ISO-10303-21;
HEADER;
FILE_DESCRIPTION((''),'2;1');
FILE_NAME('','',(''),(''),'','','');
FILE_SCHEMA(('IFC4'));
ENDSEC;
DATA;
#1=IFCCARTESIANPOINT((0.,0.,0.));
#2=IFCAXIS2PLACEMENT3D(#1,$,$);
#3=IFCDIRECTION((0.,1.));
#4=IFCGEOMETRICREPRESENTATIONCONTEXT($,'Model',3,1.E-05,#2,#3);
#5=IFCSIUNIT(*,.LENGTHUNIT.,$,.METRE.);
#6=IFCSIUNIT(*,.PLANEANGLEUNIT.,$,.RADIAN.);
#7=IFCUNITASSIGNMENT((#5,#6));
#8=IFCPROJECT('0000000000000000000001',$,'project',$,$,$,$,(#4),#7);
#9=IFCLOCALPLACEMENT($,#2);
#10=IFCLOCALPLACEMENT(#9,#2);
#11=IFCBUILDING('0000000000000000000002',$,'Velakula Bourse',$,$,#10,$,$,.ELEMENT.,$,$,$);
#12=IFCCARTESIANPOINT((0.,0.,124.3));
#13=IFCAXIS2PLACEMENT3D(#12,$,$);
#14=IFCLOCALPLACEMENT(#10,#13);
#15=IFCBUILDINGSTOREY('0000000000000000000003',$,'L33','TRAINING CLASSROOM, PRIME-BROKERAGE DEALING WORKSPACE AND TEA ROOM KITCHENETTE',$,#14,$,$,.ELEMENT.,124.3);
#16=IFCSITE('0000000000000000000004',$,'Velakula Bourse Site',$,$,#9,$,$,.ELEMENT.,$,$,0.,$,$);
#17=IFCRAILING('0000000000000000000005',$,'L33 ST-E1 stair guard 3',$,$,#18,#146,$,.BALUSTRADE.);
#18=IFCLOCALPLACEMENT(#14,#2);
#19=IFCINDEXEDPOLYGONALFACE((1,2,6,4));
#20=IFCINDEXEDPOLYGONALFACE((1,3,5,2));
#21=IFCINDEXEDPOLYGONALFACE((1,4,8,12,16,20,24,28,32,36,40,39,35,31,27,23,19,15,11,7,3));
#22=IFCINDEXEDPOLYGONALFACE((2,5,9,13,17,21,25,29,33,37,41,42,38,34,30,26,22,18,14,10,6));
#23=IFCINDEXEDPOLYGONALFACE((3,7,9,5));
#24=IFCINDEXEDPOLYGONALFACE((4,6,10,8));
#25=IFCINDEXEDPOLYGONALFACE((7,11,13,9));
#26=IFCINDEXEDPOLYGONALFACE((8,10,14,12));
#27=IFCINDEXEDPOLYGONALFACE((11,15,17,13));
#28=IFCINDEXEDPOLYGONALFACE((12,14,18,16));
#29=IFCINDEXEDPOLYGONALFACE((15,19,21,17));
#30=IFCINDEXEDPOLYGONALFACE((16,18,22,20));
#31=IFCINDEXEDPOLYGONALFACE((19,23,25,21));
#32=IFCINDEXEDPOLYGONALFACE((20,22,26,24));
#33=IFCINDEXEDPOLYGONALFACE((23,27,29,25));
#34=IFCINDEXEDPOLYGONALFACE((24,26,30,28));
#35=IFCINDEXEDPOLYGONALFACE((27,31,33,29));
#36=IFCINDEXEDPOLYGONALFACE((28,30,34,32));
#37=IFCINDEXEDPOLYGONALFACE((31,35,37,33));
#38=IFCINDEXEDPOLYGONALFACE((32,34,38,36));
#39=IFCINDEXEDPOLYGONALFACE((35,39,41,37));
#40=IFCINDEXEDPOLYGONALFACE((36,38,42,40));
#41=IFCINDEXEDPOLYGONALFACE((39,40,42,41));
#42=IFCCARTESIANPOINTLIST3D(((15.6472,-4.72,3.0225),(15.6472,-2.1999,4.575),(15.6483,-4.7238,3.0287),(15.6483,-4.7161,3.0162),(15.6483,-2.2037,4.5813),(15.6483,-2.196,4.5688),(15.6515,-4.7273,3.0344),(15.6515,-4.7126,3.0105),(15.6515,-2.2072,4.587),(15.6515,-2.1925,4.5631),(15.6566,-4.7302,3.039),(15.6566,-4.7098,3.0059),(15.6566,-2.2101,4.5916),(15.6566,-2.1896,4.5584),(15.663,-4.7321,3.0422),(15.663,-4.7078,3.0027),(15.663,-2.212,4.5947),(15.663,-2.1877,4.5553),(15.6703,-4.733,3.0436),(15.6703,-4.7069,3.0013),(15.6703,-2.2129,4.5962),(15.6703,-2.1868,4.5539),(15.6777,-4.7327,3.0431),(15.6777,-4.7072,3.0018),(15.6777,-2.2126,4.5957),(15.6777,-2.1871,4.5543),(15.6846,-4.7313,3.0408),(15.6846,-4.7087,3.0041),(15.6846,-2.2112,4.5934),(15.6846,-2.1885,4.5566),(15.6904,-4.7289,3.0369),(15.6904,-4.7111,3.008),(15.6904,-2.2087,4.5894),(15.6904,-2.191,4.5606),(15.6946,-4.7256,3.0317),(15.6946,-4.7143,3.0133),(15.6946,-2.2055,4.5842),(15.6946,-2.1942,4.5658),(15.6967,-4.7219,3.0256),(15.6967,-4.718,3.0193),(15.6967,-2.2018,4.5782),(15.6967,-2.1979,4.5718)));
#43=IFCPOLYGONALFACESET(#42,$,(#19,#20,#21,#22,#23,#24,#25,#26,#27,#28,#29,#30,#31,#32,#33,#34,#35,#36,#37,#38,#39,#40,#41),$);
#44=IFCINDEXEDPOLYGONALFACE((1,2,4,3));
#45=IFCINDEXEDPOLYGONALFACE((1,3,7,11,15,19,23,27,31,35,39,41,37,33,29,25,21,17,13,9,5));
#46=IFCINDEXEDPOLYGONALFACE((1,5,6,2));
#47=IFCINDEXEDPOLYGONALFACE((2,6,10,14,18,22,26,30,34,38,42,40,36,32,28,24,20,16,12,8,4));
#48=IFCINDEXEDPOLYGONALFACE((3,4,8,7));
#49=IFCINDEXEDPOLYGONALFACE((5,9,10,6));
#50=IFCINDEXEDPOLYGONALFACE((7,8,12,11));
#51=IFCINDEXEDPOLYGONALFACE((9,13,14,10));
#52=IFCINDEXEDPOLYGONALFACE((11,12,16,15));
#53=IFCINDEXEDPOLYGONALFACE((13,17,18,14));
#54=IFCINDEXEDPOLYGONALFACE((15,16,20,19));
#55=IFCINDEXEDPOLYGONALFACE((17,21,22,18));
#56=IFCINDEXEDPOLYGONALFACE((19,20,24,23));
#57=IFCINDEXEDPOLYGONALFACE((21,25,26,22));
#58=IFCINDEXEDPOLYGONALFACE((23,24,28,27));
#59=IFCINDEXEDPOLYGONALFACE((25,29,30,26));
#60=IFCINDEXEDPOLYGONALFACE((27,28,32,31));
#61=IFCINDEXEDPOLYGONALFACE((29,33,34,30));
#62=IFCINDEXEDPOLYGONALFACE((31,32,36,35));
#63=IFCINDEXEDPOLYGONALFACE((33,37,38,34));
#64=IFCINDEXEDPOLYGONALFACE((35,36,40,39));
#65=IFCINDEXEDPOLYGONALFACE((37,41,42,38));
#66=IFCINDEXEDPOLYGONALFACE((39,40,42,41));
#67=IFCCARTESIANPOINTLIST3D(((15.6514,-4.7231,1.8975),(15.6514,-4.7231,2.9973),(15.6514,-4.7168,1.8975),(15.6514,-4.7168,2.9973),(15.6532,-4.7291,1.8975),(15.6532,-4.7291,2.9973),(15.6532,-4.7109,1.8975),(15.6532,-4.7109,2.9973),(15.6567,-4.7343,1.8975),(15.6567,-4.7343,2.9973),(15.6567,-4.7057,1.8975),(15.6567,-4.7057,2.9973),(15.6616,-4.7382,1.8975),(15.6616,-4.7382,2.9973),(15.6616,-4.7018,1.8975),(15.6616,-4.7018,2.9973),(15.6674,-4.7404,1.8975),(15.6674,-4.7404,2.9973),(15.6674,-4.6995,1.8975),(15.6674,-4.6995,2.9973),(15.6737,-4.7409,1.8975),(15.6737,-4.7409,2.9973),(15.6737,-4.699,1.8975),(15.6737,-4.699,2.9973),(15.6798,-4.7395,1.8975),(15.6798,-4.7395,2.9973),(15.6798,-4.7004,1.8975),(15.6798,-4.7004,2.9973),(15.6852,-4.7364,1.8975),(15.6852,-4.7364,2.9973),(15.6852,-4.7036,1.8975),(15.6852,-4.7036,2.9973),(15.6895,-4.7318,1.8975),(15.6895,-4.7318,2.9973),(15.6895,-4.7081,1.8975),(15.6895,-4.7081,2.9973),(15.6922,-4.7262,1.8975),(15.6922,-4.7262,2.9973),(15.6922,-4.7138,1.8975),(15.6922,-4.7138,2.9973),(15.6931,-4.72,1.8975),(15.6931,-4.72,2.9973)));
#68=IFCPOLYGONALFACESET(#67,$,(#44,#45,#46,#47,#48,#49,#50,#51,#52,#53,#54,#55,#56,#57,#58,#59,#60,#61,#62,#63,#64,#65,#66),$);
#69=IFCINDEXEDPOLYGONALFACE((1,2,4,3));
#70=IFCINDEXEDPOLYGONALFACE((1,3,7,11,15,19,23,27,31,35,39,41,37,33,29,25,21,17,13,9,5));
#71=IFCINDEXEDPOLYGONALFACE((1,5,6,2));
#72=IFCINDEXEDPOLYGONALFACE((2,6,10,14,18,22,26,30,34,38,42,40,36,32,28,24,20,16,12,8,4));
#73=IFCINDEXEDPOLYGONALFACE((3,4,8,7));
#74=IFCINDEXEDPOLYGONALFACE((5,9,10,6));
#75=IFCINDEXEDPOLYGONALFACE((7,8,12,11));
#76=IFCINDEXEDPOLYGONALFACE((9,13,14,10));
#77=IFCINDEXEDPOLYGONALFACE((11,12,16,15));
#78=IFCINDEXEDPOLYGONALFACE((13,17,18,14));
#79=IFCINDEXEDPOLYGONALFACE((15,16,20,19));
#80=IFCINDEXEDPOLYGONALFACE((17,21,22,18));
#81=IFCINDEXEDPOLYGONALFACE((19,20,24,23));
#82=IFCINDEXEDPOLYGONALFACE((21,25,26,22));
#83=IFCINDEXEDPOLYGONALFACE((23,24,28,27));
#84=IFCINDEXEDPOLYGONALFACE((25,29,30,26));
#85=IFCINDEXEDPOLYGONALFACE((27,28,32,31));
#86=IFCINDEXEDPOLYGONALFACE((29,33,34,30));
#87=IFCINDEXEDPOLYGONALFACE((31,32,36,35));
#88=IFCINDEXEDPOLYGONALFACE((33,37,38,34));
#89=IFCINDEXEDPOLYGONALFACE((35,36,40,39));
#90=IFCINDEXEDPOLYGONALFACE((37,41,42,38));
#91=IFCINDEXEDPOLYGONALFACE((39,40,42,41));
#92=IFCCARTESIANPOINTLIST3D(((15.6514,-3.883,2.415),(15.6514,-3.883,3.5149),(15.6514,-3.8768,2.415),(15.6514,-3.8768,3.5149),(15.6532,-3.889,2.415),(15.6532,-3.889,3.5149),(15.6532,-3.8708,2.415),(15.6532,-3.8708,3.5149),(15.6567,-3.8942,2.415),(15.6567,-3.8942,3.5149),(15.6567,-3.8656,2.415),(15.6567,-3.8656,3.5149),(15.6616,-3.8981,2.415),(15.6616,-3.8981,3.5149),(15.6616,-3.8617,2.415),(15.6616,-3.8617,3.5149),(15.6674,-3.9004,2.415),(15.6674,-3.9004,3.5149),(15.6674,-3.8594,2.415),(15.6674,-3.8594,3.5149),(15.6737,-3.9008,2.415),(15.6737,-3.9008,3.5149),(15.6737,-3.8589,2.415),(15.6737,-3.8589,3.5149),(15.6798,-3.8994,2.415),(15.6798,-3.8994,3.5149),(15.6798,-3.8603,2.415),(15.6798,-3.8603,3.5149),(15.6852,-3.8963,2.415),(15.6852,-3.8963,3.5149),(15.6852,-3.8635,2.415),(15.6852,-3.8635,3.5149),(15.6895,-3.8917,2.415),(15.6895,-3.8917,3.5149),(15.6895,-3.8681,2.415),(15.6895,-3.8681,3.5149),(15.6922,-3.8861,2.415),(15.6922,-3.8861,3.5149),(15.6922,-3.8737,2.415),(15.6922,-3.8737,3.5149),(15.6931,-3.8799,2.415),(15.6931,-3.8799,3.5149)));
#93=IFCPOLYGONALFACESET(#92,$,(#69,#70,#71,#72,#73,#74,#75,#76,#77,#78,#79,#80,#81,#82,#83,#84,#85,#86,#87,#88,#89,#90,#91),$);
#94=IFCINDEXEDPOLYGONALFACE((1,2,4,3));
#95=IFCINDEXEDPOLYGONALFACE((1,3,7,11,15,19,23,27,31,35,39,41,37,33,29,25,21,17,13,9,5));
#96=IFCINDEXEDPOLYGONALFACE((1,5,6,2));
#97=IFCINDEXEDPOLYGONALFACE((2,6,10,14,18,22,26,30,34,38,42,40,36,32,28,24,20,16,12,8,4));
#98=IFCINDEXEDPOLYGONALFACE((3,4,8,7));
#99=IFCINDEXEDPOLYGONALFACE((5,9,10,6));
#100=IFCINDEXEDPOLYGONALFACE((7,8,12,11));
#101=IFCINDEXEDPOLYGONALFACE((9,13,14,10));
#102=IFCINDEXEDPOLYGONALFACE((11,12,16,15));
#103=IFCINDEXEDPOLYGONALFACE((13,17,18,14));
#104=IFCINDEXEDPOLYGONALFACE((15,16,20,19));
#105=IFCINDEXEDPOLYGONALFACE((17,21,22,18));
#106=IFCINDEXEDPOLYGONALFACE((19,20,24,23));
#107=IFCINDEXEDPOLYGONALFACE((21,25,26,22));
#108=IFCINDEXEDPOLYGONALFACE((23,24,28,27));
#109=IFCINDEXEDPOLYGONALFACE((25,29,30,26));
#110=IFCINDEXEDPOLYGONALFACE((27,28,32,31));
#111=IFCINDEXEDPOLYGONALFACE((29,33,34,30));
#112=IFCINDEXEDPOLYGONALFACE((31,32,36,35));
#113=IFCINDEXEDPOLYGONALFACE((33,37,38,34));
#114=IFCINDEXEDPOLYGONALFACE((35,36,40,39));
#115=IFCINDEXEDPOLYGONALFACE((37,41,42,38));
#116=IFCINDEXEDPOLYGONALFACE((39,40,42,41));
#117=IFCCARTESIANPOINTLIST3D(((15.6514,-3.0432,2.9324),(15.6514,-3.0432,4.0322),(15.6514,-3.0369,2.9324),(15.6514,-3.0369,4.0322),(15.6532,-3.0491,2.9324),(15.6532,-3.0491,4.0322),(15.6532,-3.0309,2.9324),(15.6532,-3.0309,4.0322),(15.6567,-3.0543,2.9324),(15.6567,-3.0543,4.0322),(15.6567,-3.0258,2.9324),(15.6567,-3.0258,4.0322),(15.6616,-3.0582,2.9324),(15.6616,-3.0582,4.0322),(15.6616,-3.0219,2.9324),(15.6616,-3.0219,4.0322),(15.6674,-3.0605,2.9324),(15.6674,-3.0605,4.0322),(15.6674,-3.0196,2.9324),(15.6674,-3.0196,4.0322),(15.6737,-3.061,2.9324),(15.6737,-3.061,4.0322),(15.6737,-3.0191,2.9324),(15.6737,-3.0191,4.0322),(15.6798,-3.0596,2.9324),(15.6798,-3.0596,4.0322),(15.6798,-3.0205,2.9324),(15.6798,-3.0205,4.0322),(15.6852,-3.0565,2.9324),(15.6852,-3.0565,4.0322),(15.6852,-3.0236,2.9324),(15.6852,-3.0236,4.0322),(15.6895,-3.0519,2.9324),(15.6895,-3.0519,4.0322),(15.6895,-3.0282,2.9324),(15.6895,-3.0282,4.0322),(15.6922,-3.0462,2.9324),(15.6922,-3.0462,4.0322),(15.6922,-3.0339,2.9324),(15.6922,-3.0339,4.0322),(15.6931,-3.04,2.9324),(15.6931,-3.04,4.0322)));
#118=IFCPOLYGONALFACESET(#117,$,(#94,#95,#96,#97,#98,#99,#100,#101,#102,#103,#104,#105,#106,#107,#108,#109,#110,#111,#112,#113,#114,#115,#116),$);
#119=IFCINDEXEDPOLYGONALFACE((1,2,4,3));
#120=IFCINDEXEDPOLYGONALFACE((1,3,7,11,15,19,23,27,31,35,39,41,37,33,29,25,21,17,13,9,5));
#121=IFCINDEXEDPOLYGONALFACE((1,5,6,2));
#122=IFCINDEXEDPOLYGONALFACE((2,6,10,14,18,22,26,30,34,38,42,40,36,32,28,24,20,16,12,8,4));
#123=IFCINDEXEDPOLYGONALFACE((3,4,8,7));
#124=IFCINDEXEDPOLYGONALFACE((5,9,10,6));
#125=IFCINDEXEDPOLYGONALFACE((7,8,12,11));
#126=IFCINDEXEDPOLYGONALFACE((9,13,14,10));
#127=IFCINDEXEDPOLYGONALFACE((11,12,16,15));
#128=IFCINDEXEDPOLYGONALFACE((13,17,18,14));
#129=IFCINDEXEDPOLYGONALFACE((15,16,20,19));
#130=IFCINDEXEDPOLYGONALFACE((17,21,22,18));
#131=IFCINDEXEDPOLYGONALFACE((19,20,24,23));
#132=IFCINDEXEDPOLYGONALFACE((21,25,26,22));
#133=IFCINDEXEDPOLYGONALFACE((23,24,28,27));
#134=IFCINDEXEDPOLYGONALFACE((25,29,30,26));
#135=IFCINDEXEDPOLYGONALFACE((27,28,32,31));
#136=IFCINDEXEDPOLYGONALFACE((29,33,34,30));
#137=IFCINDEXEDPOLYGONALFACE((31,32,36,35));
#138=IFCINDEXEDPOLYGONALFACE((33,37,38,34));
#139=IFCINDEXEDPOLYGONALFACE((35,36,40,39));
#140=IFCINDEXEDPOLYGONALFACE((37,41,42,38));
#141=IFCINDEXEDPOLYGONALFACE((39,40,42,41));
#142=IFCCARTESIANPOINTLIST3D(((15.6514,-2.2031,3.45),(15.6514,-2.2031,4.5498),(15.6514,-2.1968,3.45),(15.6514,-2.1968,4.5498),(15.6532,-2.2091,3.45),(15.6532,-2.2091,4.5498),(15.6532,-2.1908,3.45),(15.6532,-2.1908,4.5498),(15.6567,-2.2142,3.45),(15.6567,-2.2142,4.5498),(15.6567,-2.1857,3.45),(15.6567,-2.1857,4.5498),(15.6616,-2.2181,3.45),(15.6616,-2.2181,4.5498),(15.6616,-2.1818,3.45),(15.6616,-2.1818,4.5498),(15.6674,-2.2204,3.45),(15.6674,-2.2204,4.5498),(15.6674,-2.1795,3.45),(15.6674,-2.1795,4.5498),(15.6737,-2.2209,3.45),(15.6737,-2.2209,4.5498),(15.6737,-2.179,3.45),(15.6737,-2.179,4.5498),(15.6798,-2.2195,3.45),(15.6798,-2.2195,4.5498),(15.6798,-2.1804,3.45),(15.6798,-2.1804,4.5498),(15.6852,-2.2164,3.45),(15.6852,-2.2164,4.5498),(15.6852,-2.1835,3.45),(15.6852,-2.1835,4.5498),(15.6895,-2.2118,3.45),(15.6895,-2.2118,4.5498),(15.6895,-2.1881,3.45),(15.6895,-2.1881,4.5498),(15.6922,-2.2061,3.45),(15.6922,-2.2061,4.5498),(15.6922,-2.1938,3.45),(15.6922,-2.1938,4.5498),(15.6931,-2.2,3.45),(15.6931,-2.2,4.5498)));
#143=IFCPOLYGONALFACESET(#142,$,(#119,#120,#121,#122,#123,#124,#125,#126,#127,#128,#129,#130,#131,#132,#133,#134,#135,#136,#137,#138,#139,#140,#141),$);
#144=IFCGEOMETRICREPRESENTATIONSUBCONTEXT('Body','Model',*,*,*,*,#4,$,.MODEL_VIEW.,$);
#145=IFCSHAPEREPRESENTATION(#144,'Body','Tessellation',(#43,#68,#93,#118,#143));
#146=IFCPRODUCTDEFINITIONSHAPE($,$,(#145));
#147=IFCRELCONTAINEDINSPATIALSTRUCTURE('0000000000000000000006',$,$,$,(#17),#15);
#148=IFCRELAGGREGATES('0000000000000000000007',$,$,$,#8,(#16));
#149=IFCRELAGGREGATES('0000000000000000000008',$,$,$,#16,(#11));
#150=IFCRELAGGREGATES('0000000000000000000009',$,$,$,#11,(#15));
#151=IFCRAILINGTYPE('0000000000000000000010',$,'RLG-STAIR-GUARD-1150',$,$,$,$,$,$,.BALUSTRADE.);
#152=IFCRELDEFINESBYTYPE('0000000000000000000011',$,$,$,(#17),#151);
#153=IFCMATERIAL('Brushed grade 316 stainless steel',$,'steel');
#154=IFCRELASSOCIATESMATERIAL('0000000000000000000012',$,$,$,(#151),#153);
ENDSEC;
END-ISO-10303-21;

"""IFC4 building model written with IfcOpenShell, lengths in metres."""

from ifc_helpers import new_model, si_unit, direction, frame, origin, origin_2d, place, context, subcontext, project, spatial, circle, extrude, material, type_object, element, save


model = new_model("IFC4")

# Units and contexts
model_context = context("Model", 3, precision=1e-05, world=origin(), true_north=direction((0.0, 1.0)))
body_context = subcontext(model_context, "Body", "Model", "MODEL_VIEW")
ifc_project = project(units=[si_unit("LENGTHUNIT", "METRE"), si_unit("PLANEANGLEUNIT", "RADIAN")], contexts=[model_context])

# Site, building, storey
site_placement = place(None, origin())
site = spatial("IfcSite", under=ifc_project, at=site_placement, Name="Velakula Bourse Site", CompositionType="ELEMENT", RefElevation=0.0)
building_placement = place(site_placement, origin())
building = spatial("IfcBuilding", under=site, at=building_placement, Name="Velakula Bourse", CompositionType="ELEMENT")
storey_placement = place(building_placement, frame((0.0, 0.0, 124.3)))
storey = spatial("IfcBuildingStorey", under=building, at=storey_placement, Name="L33", Description="TRAINING CLASSROOM, PRIME-BROKERAGE DEALING WORKSPACE AND TEA ROOM KITCHENETTE", CompositionType="ELEMENT", Elevation=124.3)

# Shared definitions
ifc_material_1 = material(Name="Brushed grade 316 stainless steel", Category="steel")

# Railing
railing_type_1 = type_object("IfcRailingType", Name="RLG-STAIR-GUARD-1150", PredefinedType="BALUSTRADE", material=ifc_material_1)
railing_1_placement = place(storey_placement, frame((15.6721, -4.72, 1.8975)))
element("IfcRailing", 1, at=railing_1_placement, inside=storey, type_object=railing_type_1, Name="L33 ST-E1 stair guard 3", PredefinedType="BALUSTRADE", context=body_context, shape_type="SweptSolid", body=[
    extrude(circle(Radius=0.0249, at=origin_2d()), frame((0.0, 0.0, 1.125), z_axis=(0.0, 0.8514, 0.524516), x_axis=(-1.0, 0.0, 0.0)), (0.0, 0.0, 1.0), 2.96),
    extrude(circle(Radius=0.021, at=origin_2d()), origin(), (0.0, 0.0, 1.0), 1.0999),
    extrude(circle(Radius=0.021, at=origin_2d()), frame((0.0, 0.8401, 0.5176)), (0.0, 0.0, 1.0), 1.0999),
    extrude(circle(Radius=0.021, at=origin_2d()), frame((0.0, 1.6799, 1.0349)), (0.0, 0.0, 1.0), 1.0999),
    extrude(circle(Radius=0.021, at=origin_2d()), frame((0.0, 2.52, 1.5525)), (0.0, 0.0, 1.0), 1.0999),
])

save(model, "model.ifc")
